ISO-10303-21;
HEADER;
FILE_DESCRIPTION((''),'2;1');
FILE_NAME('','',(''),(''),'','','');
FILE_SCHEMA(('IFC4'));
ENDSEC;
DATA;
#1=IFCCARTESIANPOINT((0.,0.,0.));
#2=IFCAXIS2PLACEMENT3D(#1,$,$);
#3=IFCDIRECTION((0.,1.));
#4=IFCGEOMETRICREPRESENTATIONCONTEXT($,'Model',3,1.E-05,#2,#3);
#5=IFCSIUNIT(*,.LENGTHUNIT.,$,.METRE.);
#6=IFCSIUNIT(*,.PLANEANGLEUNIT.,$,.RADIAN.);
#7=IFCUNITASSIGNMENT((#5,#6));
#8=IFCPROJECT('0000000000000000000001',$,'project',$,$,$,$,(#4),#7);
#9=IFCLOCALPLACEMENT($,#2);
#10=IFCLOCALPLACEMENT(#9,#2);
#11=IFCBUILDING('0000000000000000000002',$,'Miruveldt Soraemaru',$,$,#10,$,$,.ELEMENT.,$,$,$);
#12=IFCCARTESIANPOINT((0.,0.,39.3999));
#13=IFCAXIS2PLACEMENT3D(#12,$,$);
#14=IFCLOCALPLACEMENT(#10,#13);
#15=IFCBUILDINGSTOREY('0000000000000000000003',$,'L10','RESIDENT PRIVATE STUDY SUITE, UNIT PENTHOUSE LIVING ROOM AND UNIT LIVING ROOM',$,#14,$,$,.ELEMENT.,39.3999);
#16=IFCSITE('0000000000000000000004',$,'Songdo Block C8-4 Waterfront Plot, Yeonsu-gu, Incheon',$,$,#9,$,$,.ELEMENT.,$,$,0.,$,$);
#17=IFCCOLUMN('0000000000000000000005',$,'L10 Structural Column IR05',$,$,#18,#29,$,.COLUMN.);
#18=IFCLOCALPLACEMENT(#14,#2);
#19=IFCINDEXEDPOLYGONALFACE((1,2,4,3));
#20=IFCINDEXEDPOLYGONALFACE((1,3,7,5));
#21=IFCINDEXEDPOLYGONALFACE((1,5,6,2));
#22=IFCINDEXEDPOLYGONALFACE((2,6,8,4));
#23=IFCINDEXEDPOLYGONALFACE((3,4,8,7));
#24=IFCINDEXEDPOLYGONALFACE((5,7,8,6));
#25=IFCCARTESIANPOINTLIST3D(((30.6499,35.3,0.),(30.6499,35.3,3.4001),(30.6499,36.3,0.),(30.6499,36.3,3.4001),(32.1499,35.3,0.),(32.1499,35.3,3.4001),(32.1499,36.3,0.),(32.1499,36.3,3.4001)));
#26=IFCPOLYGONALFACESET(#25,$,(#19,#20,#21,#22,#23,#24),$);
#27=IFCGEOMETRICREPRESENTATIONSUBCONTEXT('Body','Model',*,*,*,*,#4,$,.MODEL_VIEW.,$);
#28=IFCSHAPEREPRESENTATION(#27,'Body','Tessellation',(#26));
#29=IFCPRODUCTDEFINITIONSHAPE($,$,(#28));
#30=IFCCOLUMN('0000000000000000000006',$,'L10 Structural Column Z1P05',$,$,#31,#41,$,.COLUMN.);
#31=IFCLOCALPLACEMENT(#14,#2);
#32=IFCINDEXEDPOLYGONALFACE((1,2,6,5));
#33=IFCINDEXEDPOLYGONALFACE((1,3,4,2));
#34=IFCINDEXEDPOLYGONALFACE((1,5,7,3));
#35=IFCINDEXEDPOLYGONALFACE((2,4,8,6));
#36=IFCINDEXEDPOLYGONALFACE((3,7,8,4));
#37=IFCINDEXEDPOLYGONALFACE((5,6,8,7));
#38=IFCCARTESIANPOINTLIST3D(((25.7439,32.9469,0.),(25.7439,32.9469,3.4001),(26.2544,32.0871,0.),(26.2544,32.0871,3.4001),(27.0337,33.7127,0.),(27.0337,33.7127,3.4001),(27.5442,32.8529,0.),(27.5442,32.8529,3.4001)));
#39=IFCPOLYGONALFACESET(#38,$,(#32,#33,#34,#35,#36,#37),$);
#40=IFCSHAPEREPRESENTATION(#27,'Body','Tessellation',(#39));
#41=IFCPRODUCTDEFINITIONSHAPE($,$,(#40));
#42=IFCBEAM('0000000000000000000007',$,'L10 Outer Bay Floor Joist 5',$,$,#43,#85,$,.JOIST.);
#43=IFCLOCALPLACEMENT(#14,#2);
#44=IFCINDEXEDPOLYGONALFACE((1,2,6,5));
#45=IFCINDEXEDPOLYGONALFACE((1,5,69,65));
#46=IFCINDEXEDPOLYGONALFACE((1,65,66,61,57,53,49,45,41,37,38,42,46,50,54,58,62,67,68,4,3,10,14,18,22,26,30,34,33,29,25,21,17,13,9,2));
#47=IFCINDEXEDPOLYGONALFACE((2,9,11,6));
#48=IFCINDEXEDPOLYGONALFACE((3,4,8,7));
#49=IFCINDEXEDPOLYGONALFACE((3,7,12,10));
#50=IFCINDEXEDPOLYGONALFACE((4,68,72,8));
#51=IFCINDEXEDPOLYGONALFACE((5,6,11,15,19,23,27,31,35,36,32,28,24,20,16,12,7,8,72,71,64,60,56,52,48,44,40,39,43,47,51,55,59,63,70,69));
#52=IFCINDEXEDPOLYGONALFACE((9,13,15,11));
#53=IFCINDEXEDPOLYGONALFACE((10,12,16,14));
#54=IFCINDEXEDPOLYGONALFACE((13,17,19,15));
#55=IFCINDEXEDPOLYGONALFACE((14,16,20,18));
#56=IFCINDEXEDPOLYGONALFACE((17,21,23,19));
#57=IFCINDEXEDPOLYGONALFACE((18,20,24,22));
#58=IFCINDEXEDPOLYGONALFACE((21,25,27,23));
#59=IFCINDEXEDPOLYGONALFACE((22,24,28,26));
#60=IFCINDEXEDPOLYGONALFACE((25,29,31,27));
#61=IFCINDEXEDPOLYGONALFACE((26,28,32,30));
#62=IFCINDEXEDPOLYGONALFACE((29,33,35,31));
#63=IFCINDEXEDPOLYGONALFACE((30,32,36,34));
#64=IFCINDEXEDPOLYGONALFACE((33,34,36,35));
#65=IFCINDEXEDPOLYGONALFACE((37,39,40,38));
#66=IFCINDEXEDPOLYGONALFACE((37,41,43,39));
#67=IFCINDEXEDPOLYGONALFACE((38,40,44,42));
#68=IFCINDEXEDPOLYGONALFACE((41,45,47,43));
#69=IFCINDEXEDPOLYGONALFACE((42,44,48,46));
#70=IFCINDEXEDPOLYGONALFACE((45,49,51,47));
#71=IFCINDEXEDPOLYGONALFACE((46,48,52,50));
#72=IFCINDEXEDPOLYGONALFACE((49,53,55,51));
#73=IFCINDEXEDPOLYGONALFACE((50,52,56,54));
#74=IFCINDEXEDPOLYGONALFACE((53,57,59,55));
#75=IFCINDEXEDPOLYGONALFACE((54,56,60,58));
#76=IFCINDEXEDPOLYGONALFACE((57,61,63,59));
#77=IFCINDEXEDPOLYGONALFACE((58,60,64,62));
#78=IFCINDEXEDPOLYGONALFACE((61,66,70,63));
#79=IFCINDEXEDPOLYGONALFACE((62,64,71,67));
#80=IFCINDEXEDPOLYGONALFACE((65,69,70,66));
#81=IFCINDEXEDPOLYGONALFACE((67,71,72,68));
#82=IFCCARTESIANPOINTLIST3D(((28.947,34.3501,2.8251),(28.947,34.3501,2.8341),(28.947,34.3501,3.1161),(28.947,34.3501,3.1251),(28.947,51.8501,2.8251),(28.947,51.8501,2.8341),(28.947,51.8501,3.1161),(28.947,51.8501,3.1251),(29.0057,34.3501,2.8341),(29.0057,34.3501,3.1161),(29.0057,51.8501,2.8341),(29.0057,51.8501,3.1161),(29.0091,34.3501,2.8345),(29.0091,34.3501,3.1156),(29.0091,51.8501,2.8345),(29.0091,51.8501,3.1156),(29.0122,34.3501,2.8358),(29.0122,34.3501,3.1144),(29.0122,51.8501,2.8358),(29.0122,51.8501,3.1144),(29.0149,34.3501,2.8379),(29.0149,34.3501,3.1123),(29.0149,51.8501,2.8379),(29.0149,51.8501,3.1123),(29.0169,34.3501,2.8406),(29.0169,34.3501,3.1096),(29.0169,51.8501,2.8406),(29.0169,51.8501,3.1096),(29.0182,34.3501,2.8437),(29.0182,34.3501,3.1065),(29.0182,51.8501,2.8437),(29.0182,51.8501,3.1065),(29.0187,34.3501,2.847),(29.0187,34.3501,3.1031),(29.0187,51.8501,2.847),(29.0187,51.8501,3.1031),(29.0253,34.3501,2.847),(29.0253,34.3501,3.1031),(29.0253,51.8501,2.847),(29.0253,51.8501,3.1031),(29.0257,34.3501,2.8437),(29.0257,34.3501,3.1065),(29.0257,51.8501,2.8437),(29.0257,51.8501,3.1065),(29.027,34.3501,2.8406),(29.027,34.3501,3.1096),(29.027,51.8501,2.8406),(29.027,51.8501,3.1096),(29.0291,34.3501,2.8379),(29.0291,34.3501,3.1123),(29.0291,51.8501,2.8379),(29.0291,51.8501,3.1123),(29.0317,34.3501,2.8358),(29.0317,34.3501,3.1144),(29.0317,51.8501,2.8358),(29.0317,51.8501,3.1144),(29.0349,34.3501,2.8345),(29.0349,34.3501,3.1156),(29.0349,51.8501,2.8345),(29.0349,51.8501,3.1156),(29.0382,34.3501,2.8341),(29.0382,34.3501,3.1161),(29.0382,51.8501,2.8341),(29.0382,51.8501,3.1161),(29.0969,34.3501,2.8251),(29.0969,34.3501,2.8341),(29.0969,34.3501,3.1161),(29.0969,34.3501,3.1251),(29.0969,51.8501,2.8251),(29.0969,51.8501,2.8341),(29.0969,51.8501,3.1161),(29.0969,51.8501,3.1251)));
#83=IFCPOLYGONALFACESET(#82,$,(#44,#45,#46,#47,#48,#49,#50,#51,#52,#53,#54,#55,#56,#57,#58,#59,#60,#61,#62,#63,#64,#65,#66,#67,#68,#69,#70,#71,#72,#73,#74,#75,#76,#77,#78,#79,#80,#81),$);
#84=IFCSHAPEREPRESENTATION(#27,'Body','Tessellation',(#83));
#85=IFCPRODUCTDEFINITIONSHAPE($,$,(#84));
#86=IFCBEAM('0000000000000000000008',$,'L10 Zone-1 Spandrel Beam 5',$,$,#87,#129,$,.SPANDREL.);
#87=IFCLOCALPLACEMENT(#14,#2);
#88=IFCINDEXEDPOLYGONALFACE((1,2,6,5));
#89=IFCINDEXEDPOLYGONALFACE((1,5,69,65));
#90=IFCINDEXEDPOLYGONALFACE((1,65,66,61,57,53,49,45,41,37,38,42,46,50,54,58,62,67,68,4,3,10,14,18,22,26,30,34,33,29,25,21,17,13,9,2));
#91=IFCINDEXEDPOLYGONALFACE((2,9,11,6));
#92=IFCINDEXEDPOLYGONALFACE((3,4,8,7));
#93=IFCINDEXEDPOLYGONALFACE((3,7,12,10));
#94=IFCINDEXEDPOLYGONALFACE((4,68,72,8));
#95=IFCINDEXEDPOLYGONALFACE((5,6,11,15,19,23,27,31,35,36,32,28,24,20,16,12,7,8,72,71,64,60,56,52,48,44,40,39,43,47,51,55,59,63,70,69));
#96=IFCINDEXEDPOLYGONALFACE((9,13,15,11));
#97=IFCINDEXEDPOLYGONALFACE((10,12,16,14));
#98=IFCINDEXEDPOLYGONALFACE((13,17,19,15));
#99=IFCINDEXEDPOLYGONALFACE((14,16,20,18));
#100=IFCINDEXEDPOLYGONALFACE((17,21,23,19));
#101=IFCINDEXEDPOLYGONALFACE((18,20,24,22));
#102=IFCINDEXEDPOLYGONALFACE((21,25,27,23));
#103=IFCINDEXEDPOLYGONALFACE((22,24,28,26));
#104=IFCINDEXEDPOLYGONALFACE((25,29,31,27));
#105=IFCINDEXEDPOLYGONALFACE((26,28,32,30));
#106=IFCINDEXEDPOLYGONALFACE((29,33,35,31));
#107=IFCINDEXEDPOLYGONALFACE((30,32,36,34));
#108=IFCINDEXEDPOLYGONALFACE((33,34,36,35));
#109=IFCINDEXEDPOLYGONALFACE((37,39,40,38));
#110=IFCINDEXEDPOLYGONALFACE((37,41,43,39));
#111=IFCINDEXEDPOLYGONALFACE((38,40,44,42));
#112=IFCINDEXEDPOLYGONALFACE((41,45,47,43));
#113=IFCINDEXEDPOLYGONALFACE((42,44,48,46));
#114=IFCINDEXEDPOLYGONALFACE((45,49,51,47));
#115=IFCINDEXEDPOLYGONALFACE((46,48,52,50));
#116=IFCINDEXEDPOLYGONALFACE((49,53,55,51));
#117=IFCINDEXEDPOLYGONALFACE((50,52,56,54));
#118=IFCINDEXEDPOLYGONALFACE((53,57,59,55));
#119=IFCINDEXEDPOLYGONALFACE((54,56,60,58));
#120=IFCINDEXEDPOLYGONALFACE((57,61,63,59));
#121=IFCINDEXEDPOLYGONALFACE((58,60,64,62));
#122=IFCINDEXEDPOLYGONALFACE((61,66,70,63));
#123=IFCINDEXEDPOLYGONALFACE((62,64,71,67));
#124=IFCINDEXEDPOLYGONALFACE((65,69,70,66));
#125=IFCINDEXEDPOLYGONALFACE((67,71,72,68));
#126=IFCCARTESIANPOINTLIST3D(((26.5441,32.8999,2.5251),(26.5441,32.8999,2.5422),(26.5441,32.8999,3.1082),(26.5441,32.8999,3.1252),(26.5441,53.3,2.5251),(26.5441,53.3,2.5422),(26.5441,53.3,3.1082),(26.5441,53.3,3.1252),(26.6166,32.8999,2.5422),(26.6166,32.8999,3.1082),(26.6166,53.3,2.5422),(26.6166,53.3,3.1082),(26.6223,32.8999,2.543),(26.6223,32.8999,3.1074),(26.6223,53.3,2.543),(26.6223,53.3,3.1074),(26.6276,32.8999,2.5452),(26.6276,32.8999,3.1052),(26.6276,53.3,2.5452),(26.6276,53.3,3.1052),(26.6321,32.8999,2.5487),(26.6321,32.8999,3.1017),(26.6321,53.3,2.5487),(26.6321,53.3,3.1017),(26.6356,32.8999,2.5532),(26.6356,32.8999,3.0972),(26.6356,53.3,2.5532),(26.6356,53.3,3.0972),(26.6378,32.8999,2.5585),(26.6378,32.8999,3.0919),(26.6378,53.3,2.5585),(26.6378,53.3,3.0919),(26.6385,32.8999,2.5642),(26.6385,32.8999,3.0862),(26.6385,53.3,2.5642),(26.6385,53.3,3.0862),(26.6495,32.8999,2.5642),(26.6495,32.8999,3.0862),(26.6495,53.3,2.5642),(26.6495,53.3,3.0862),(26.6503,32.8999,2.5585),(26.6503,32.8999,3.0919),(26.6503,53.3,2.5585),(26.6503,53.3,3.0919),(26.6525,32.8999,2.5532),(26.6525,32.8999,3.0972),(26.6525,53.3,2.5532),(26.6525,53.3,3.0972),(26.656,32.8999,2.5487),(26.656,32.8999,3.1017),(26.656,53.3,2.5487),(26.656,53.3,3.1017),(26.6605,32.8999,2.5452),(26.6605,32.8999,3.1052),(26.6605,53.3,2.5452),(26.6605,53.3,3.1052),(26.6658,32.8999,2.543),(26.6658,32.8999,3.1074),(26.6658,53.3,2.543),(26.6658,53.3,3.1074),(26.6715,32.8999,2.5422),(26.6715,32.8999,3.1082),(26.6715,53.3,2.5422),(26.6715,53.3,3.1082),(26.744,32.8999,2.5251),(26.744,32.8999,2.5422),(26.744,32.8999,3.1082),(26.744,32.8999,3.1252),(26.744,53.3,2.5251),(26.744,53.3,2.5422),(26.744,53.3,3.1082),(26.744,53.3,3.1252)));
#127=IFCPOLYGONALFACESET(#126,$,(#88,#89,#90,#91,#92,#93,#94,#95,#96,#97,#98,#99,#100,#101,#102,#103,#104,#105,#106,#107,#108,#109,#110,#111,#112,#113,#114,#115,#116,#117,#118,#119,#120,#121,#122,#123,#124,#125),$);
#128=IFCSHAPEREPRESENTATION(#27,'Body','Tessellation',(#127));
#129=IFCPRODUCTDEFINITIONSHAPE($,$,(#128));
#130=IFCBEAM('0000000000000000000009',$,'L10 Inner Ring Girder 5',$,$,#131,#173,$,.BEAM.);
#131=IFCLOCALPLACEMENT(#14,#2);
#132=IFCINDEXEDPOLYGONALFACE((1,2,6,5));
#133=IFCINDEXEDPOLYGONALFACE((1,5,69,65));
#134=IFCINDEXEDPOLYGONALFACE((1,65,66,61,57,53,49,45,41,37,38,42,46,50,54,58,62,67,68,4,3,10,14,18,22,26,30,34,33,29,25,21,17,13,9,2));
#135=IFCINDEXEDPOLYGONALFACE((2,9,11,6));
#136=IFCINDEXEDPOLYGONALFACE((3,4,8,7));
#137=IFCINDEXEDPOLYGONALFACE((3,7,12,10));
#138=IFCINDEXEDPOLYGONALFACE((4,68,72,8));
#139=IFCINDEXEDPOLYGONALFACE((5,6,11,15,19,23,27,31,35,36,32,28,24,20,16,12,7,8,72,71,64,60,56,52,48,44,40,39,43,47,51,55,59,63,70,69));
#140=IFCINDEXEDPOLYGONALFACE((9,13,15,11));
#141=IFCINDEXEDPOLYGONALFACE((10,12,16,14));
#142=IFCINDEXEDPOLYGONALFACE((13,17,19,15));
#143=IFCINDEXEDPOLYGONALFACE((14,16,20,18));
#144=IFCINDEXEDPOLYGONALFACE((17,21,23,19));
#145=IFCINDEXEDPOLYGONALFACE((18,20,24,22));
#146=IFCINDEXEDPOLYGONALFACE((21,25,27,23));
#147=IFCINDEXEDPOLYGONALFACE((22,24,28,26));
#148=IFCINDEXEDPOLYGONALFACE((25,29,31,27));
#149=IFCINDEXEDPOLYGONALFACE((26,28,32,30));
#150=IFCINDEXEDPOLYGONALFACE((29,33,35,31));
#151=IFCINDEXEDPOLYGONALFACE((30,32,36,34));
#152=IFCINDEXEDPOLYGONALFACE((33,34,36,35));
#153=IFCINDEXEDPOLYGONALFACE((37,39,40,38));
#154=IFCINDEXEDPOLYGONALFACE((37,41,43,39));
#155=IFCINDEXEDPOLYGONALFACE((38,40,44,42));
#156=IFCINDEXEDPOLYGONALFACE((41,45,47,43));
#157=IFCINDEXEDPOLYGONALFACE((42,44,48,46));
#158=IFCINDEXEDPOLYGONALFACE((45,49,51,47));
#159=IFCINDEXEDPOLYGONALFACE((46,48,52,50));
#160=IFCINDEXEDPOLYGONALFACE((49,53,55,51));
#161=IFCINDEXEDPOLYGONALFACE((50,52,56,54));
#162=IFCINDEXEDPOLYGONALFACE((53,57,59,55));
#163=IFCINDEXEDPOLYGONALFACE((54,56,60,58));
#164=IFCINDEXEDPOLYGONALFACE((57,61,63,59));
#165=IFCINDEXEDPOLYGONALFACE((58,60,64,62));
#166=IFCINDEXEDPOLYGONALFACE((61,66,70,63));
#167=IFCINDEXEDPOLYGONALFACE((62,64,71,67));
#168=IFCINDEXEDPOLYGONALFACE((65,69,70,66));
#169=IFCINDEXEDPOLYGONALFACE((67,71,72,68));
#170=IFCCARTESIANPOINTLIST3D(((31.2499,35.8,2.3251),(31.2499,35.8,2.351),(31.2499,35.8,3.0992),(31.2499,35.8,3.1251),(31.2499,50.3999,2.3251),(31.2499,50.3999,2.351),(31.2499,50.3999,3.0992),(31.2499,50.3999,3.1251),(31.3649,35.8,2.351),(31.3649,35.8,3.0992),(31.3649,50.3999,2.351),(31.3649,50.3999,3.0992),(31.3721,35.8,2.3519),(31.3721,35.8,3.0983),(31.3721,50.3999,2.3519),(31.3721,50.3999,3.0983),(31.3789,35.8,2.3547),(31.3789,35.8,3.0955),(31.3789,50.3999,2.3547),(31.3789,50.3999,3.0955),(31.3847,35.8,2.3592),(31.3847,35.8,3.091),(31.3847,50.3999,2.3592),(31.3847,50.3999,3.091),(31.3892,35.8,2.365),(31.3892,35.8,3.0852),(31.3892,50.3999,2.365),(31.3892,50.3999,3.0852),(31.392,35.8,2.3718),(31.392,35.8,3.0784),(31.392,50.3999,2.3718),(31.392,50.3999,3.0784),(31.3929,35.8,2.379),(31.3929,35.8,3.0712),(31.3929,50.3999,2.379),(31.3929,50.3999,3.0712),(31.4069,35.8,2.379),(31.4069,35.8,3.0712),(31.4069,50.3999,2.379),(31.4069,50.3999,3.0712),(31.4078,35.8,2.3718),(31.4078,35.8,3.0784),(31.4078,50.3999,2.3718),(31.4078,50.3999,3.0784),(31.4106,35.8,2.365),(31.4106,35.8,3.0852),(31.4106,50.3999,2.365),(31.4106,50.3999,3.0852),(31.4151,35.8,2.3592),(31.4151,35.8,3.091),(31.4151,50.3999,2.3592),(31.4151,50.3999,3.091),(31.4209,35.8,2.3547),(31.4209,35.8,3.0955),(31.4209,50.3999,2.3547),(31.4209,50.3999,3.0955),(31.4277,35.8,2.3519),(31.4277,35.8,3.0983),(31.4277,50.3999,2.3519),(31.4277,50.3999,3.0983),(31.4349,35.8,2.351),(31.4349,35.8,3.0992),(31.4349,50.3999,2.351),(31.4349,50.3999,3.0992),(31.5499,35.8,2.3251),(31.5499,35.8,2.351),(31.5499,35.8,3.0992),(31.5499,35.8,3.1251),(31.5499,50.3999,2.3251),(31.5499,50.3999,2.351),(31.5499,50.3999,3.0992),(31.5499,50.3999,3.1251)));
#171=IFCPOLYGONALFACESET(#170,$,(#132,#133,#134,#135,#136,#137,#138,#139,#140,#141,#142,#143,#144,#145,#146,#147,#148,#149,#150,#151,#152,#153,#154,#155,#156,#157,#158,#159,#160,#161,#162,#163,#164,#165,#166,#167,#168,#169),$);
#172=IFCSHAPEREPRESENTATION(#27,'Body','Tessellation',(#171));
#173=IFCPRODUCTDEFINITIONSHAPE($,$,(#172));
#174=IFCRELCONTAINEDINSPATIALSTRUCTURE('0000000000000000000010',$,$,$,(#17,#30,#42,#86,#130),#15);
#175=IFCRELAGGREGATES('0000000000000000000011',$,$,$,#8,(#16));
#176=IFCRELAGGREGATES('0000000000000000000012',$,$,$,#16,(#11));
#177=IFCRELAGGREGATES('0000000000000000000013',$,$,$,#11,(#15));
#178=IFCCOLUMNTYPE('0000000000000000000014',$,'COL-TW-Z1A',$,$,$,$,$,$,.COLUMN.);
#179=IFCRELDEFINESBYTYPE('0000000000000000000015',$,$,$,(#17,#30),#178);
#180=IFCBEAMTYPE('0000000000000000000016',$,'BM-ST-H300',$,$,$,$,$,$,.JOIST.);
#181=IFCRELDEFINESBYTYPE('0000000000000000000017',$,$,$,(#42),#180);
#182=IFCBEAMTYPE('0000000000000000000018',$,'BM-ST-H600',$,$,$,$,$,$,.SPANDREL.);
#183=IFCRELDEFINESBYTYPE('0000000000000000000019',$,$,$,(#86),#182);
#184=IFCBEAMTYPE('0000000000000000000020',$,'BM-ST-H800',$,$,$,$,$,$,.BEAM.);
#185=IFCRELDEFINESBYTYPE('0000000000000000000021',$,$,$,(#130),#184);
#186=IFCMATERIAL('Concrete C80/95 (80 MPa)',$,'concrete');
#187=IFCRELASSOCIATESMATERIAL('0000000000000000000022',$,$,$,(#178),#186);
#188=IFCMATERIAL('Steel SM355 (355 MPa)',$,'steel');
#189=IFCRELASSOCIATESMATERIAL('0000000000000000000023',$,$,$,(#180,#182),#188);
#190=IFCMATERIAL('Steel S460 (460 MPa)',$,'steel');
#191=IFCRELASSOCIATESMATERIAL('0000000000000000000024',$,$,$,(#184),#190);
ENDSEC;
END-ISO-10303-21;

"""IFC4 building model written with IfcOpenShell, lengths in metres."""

from ifc_helpers import new_model, si_unit, direction, frame, origin, origin_2d, place, context, subcontext, project, spatial, rectangle, i_section, extrude, material, material_profile, profile_set, type_object, element, save


model = new_model("IFC4")

# Units and contexts
model_context = context("Model", 3, precision=1e-05, world=origin(), true_north=direction((0.0, 1.0)))
body_context = subcontext(model_context, "Body", "Model", "MODEL_VIEW")
ifc_project = project(units=[si_unit("LENGTHUNIT", "METRE"), si_unit("PLANEANGLEUNIT", "RADIAN")], contexts=[model_context])

# Site, building, storey
site_placement = place(None, origin())
site = spatial("IfcSite", under=ifc_project, at=site_placement, Name="Songdo Block C8-4 Waterfront Plot, Yeonsu-gu, Incheon", CompositionType="ELEMENT", RefElevation=0.0)
building_placement = place(site_placement, origin())
building = spatial("IfcBuilding", under=site, at=building_placement, Name="Miruveldt Soraemaru", CompositionType="ELEMENT")
storey_placement = place(building_placement, frame((0.0, 0.0, 39.3999)))
storey = spatial("IfcBuildingStorey", under=building, at=storey_placement, Name="L10", Description="RESIDENT PRIVATE STUDY SUITE, UNIT PENTHOUSE LIVING ROOM AND UNIT LIVING ROOM", CompositionType="ELEMENT", Elevation=39.3999)

# Columns
ifc_material_1 = material(Name="Concrete C80/95 (80 MPa)", Category="concrete")
ifc_material_profile_1 = material_profile(ifc_material_1, rectangle(XDim=1.5, YDim=1.0, at=origin_2d()), Name="Concrete C80/95 (80 MPa)", Category="concrete")
ifc_profile_set_1 = profile_set([ifc_material_profile_1], Name="Concrete C80/95 (80 MPa)")
column_type = type_object("IfcColumnType", Name="COL-TW-Z1A", PredefinedType="COLUMN", material=ifc_profile_set_1)
for number, where, z_axis, x_axis, name in (
    (1, (31.3999, 35.8, 0.0), (0.0, 0.0, 1.0), (1.0, 0.0, 0.0), "L10 Structural Column IR05"),
    (2, (26.644, 32.8999, 0.0), (0.0, 0.0, 1.0), (0.859852, 0.510543, 0.0), "L10 Structural Column Z1P05"),
):
    element("IfcColumn", number, at=place(storey_placement, frame(where, z_axis=z_axis, x_axis=x_axis)), inside=storey, type_object=column_type, Name=name, PredefinedType="COLUMN", context=body_context, shape_type="SweptSolid", body=[
        extrude(rectangle(XDim=1.5, YDim=1.0, at=origin_2d()), origin(), (0.0, 0.0, 1.0), 3.4001),
    ])

# Beams
ifc_material_2 = material(Name="Steel SM355 (355 MPa)", Category="steel")
ifc_material_profile_2 = material_profile(ifc_material_2, i_section(OverallWidth=0.1499, OverallDepth=0.3, WebThickness=0.0066, FlangeThickness=0.009, FilletRadius=0.0129, at=origin_2d()), Name="Steel SM355 (355 MPa)", Category="steel")
ifc_profile_set_2 = profile_set([ifc_material_profile_2], Name="Steel SM355 (355 MPa)")
beam_type_1 = type_object("IfcBeamType", Name="BM-ST-H300", PredefinedType="JOIST", material=ifc_profile_set_2)
beam_1_placement = place(storey_placement, frame((29.022, 34.3501, 2.9751), z_axis=(0.0, 1.0, 0.0), x_axis=(-1.0, 0.0, 0.0)))
element("IfcBeam", 3, at=beam_1_placement, inside=storey, type_object=beam_type_1, Name="L10 Outer Bay Floor Joist 5", PredefinedType="JOIST", context=body_context, shape_type="SweptSolid", body=[
    extrude(i_section(OverallWidth=0.1499, OverallDepth=0.3, WebThickness=0.0066, FlangeThickness=0.009, FilletRadius=0.0129, at=origin_2d()), origin(), (0.0, 0.0, 1.0), 17.5),
])
ifc_material_profile_3 = material_profile(ifc_material_2, i_section(OverallWidth=0.2, OverallDepth=0.6001, WebThickness=0.011, FlangeThickness=0.0171, FilletRadius=0.022, at=origin_2d()), Name="Steel SM355 (355 MPa)", Category="steel")
ifc_profile_set_3 = profile_set([ifc_material_profile_3], Name="Steel SM355 (355 MPa)")
beam_type_2 = type_object("IfcBeamType", Name="BM-ST-H600", PredefinedType="SPANDREL", material=ifc_profile_set_3)
beam_2_placement = place(storey_placement, frame((26.644, 32.8999, 2.8252), z_axis=(0.0, 1.0, 0.0), x_axis=(-1.0, 0.0, 0.0)))
element("IfcBeam", 4, at=beam_2_placement, inside=storey, type_object=beam_type_2, Name="L10 Zone-1 Spandrel Beam 5", PredefinedType="SPANDREL", context=body_context, shape_type="SweptSolid", body=[
    extrude(i_section(OverallWidth=0.2, OverallDepth=0.6001, WebThickness=0.011, FlangeThickness=0.0171, FilletRadius=0.022, at=origin_2d()), origin(), (0.0, 0.0, 1.0), 20.4001),
])
ifc_material_3 = material(Name="Steel S460 (460 MPa)", Category="steel")
ifc_material_profile_4 = material_profile(ifc_material_3, i_section(OverallWidth=0.3, OverallDepth=0.8, WebThickness=0.0139, FlangeThickness=0.0259, FilletRadius=0.0281, at=origin_2d()), Name="Steel S460 (460 MPa)", Category="steel")
ifc_profile_set_4 = profile_set([ifc_material_profile_4], Name="Steel S460 (460 MPa)")
beam_type_3 = type_object("IfcBeamType", Name="BM-ST-H800", PredefinedType="BEAM", material=ifc_profile_set_4)
beam_3_placement = place(storey_placement, frame((31.3999, 35.8, 2.7251), z_axis=(0.0, 1.0, 0.0), x_axis=(-1.0, 0.0, 0.0)))
element("IfcBeam", 5, at=beam_3_placement, inside=storey, type_object=beam_type_3, Name="L10 Inner Ring Girder 5", PredefinedType="BEAM", context=body_context, shape_type="SweptSolid", body=[
    extrude(i_section(OverallWidth=0.3, OverallDepth=0.8, WebThickness=0.0139, FlangeThickness=0.0259, FilletRadius=0.0281, at=origin_2d()), origin(), (0.0, 0.0, 1.0), 14.5999),
])

save(model, "model.ifc")
